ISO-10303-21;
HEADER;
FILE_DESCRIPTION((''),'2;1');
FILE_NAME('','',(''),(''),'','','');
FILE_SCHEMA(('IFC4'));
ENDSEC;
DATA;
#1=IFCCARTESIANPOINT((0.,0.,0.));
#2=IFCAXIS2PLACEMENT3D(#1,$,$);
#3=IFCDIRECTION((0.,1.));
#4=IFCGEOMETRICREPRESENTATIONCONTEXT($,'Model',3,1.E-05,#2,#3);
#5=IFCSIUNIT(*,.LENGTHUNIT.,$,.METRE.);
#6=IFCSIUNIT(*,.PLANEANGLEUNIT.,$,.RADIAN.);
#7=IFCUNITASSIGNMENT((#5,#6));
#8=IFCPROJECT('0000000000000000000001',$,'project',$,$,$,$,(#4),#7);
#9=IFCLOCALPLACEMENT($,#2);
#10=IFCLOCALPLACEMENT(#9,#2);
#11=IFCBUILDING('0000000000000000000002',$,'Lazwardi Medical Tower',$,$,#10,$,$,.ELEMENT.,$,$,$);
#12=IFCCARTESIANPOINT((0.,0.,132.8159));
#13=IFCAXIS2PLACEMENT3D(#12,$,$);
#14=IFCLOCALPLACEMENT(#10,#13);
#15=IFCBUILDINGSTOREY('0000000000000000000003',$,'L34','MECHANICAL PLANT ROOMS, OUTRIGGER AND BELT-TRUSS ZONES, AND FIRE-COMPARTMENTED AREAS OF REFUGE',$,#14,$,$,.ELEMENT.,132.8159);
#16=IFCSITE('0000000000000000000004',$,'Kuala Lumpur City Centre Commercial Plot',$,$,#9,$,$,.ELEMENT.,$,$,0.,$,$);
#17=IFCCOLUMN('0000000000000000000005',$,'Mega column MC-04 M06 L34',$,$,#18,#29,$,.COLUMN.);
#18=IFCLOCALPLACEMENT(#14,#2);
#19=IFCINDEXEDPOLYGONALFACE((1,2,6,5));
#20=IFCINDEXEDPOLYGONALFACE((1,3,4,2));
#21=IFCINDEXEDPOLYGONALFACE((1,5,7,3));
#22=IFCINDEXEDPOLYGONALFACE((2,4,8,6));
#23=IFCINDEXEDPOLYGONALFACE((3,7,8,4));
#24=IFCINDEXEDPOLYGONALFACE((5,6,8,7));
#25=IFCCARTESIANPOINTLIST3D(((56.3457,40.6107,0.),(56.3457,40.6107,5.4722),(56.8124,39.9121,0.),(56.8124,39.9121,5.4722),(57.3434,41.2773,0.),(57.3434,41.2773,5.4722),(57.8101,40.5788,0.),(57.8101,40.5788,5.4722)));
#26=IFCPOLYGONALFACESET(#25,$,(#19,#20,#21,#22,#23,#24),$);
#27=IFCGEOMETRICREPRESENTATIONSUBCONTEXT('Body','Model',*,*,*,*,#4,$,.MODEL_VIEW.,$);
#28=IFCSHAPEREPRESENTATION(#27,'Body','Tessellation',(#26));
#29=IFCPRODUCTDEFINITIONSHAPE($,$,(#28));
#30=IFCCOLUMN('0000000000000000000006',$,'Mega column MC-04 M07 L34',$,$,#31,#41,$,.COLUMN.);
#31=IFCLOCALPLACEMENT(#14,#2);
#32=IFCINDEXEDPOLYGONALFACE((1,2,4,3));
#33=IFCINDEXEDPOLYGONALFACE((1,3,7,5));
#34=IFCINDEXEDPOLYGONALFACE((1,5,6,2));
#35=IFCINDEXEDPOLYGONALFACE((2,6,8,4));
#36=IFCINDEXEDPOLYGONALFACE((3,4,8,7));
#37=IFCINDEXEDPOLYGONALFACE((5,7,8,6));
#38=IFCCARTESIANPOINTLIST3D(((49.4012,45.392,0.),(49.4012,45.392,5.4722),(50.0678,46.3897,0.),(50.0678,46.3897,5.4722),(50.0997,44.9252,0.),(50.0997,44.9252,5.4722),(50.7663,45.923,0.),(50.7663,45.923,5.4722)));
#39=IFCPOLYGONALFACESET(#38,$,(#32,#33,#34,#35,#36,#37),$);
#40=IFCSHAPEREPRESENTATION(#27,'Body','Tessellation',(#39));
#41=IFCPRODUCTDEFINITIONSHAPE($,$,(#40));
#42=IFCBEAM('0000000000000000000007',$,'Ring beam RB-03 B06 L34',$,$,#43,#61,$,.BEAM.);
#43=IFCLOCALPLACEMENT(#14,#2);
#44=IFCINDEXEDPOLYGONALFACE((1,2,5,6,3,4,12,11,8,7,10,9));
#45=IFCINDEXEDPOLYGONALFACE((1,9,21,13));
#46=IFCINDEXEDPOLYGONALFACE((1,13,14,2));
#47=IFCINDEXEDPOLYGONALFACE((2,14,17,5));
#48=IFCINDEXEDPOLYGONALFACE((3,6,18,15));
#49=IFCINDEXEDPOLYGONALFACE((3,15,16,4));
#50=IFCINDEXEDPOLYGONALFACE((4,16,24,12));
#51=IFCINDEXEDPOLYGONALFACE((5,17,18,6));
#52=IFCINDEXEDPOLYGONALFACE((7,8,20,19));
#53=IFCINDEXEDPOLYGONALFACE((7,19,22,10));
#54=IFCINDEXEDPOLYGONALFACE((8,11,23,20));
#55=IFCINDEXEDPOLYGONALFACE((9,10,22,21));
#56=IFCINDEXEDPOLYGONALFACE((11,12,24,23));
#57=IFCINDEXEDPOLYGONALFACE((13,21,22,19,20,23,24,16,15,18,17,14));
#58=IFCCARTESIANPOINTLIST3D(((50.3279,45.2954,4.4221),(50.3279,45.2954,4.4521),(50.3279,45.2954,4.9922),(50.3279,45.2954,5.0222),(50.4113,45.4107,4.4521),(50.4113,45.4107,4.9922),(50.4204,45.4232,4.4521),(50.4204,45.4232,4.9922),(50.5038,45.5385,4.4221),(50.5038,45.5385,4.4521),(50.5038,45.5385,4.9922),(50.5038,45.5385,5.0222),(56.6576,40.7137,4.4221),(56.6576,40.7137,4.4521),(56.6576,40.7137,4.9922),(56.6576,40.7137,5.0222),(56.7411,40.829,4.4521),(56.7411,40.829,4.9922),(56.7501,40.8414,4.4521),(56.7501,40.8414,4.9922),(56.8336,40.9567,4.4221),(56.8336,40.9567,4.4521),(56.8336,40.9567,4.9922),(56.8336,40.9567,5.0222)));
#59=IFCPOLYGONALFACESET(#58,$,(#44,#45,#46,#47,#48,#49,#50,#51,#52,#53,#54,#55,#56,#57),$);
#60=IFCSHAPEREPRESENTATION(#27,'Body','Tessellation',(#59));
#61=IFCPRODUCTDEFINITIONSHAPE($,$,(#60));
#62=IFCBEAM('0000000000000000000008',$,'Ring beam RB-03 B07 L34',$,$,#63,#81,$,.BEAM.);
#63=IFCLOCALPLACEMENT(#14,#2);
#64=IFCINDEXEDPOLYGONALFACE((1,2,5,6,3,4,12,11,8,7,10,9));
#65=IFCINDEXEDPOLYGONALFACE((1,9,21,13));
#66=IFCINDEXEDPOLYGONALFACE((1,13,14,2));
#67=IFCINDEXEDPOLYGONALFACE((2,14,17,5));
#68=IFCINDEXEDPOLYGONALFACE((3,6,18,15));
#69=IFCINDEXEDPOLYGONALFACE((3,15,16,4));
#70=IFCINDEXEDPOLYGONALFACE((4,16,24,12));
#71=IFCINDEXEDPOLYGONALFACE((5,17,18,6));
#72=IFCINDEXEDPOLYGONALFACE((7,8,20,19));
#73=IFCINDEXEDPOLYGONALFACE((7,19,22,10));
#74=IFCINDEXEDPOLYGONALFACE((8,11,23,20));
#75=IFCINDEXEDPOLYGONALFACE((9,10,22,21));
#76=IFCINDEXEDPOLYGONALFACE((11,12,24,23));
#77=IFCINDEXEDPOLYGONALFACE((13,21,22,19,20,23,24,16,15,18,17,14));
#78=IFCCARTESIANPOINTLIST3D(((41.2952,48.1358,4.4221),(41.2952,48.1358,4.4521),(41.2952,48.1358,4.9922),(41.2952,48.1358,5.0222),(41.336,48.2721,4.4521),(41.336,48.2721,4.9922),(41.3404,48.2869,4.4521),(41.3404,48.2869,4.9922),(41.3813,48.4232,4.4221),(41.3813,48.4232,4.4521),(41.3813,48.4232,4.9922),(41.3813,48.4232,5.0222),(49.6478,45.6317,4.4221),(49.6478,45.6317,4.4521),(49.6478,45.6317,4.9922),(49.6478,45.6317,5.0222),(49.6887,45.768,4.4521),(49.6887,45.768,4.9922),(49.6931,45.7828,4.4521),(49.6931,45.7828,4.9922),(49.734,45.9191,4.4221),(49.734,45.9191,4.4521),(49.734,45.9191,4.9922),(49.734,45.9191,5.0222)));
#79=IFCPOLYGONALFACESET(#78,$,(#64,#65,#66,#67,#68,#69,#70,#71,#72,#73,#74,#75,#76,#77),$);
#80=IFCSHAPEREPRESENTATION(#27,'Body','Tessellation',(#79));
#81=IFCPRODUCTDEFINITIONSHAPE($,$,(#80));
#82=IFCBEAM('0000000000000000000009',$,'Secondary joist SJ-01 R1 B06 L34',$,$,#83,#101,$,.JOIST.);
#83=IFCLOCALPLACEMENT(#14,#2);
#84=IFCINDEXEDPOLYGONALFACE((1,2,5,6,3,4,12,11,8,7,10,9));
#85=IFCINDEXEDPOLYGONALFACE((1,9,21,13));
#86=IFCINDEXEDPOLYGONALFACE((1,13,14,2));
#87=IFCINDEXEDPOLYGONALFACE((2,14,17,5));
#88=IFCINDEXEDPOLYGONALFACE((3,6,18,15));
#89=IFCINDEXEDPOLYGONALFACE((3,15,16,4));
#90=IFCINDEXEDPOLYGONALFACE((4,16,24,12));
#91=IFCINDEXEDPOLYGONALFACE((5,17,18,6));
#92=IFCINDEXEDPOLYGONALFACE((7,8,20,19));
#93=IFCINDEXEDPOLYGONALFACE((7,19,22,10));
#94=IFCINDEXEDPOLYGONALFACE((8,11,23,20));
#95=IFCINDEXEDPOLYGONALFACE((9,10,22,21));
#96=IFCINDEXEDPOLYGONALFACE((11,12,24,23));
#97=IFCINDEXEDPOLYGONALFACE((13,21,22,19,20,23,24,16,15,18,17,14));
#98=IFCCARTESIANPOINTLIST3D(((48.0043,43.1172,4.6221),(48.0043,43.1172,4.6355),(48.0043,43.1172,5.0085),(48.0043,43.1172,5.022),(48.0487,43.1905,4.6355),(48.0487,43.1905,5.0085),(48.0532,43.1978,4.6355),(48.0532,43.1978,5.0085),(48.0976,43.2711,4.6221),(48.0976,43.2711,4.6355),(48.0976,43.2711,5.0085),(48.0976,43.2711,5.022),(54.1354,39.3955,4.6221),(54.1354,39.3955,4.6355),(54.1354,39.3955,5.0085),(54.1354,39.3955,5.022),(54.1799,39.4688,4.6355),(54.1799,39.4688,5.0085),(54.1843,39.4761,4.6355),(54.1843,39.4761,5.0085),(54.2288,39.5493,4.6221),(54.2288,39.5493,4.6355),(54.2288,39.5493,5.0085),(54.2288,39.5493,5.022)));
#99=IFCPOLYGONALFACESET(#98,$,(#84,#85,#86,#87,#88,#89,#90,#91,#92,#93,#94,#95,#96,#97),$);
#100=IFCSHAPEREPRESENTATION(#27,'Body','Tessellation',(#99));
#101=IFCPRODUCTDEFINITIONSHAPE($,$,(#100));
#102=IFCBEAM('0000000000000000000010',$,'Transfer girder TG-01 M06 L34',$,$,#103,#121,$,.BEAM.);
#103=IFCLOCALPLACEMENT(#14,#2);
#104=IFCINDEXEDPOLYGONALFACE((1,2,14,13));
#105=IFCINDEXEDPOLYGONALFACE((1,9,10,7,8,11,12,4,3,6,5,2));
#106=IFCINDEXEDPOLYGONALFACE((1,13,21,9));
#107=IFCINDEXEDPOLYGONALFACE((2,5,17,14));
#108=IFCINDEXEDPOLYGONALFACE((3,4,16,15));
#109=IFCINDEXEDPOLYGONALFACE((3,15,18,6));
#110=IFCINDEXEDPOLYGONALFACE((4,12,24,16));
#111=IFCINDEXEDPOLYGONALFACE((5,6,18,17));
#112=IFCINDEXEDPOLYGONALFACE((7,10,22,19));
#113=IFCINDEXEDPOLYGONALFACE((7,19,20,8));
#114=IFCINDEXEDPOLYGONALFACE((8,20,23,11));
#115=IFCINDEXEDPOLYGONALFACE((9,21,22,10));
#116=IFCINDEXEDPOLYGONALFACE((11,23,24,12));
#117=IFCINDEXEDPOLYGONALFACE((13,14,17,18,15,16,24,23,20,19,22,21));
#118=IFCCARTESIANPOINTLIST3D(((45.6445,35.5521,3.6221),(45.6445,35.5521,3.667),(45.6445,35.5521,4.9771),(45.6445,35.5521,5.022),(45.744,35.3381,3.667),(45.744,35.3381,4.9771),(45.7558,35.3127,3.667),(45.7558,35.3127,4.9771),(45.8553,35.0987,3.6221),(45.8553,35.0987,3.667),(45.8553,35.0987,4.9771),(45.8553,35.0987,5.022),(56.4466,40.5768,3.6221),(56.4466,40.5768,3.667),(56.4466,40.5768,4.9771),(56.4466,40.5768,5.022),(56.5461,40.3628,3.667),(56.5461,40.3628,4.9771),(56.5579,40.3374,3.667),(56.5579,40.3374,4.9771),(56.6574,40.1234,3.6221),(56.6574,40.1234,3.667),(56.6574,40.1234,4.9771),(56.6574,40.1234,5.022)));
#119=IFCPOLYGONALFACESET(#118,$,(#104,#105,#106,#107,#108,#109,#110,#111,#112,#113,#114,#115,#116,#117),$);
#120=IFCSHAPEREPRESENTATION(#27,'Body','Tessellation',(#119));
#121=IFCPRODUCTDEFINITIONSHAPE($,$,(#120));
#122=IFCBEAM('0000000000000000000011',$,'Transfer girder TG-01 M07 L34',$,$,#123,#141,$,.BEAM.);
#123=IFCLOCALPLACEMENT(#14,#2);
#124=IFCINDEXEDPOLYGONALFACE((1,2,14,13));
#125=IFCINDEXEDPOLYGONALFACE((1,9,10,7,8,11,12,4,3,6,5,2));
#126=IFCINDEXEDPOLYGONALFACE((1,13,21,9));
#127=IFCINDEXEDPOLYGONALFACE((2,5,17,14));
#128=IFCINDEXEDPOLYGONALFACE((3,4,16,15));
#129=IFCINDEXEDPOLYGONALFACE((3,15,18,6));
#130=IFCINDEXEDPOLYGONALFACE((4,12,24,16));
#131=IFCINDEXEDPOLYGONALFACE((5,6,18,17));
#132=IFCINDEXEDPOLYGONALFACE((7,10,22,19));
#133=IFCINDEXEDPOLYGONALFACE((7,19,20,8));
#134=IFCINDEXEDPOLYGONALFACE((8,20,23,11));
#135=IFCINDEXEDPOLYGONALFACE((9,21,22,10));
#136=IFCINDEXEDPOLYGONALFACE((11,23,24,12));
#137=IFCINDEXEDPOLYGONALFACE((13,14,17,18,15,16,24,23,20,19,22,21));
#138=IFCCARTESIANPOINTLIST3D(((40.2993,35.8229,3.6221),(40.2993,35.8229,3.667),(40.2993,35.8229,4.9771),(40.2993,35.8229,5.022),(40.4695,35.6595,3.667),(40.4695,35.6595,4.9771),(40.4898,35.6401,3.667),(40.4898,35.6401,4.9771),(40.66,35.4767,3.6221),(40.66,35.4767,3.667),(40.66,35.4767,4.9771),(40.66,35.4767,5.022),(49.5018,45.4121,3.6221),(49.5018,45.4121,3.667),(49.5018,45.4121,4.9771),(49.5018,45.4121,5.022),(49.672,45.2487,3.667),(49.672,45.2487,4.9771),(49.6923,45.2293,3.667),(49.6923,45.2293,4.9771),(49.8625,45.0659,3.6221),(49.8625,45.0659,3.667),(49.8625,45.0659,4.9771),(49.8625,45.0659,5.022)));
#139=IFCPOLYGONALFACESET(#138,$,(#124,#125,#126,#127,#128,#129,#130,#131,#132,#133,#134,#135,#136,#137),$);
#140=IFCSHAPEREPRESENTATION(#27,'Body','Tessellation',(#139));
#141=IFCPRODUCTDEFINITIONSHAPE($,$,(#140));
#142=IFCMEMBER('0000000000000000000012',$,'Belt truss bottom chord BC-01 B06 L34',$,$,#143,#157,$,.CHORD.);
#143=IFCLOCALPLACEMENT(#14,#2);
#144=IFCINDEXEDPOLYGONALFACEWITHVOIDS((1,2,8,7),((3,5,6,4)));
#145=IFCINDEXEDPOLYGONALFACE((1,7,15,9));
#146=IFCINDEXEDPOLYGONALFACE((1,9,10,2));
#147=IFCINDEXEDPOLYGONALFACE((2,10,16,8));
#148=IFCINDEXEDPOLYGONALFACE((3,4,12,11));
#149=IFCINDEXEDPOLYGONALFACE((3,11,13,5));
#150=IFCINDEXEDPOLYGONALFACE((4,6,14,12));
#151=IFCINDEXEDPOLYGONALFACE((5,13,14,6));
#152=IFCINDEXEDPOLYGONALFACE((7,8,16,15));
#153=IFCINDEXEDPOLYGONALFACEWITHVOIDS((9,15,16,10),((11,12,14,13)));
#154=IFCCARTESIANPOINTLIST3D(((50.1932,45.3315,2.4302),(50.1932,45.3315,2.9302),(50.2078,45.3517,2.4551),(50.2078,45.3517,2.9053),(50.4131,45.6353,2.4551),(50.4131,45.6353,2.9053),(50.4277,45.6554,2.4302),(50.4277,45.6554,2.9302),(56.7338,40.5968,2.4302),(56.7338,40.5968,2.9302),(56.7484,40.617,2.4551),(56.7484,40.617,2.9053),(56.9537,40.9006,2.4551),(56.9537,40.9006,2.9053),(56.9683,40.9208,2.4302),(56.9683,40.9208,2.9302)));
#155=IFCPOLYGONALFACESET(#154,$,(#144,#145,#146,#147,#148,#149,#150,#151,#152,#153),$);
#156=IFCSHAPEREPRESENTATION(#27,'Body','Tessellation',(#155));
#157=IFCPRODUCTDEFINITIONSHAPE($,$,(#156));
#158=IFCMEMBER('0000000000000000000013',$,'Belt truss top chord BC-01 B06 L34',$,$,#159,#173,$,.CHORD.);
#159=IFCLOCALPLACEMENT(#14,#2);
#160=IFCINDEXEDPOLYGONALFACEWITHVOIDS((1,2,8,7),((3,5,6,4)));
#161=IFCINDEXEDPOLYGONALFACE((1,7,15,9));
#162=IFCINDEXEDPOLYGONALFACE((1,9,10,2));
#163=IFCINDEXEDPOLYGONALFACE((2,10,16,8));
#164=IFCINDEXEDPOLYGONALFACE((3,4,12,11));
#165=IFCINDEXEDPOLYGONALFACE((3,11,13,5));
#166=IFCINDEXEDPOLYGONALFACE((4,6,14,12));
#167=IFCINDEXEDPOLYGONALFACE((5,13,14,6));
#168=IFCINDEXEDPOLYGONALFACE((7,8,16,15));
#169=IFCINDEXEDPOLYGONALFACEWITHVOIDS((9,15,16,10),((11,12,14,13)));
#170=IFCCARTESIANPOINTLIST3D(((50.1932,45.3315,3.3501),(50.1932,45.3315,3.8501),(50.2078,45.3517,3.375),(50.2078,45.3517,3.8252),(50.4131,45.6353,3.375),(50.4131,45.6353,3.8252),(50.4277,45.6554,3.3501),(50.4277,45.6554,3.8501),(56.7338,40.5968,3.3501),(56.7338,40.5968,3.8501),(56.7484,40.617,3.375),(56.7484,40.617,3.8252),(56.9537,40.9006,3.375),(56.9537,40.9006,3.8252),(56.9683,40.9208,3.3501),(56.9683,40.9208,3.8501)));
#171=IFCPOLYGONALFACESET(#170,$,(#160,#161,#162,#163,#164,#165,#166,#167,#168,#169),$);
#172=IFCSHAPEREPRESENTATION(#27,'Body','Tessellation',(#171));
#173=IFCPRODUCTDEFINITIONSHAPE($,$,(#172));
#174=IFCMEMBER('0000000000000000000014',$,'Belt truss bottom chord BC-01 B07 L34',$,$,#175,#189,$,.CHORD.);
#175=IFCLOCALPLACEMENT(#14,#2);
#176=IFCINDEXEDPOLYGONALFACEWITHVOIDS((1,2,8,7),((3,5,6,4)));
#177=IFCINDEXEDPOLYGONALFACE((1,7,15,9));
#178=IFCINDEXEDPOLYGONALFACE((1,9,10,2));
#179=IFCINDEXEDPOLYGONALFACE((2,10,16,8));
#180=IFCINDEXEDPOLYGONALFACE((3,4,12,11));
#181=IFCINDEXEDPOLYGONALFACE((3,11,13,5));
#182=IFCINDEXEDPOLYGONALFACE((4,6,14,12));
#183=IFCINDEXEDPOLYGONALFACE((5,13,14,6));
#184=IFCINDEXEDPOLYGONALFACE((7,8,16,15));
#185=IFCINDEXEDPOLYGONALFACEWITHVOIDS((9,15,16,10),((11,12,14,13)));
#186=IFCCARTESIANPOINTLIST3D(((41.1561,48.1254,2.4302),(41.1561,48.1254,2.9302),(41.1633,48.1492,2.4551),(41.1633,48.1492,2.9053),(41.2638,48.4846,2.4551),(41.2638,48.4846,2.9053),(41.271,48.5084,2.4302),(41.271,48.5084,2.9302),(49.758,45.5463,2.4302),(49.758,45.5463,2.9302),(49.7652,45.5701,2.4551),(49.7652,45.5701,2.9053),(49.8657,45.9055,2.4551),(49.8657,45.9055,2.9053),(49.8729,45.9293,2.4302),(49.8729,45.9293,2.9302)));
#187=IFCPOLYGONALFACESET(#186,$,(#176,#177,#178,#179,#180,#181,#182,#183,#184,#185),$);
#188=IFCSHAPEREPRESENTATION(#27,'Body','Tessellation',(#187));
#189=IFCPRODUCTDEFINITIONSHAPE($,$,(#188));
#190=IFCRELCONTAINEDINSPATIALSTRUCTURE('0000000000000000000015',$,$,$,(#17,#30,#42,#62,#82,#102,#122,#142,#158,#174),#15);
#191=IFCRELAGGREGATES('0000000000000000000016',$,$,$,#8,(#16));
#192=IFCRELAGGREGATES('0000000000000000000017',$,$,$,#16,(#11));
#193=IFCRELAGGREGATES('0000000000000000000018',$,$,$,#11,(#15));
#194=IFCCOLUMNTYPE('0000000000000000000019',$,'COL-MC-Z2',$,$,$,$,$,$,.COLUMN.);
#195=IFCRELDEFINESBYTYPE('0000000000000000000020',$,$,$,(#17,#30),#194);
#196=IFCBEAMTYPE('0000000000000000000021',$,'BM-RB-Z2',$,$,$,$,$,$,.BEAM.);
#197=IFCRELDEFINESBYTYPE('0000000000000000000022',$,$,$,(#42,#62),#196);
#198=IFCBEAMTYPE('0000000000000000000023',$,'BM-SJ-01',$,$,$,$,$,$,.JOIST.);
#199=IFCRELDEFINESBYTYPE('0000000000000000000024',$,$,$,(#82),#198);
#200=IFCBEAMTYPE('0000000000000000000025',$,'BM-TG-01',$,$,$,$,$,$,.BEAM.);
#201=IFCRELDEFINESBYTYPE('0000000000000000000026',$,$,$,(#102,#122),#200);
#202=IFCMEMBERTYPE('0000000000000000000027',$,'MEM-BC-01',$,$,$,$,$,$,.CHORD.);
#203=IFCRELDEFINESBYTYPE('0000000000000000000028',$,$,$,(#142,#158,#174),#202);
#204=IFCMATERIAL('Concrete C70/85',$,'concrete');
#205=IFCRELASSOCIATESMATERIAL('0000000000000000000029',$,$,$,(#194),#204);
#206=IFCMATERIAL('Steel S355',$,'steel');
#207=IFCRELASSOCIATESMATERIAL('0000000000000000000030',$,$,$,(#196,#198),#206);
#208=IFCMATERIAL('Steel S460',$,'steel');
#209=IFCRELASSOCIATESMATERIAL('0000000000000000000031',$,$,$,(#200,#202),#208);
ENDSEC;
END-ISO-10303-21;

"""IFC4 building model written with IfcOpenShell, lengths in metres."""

from ifc_helpers import new_model, si_unit, direction, frame, origin, origin_2d, place, context, subcontext, project, spatial, rectangle, hollow_rectangle, i_section, extrude, material, material_profile, profile_set, type_object, element, save


model = new_model("IFC4")

# Units and contexts
model_context = context("Model", 3, precision=1e-05, world=origin(), true_north=direction((0.0, 1.0)))
body_context = subcontext(model_context, "Body", "Model", "MODEL_VIEW")
ifc_project = project(units=[si_unit("LENGTHUNIT", "METRE"), si_unit("PLANEANGLEUNIT", "RADIAN")], contexts=[model_context])

# Site, building, storey
site_placement = place(None, origin())
site = spatial("IfcSite", under=ifc_project, at=site_placement, Name="Kuala Lumpur City Centre Commercial Plot", CompositionType="ELEMENT", RefElevation=0.0)
building_placement = place(site_placement, origin())
building = spatial("IfcBuilding", under=site, at=building_placement, Name="Lazwardi Medical Tower", CompositionType="ELEMENT")
storey_placement = place(building_placement, frame((0.0, 0.0, 132.8159)))
storey = spatial("IfcBuildingStorey", under=building, at=storey_placement, Name="L34", Description="MECHANICAL PLANT ROOMS, OUTRIGGER AND BELT-TRUSS ZONES, AND FIRE-COMPARTMENTED AREAS OF REFUGE", CompositionType="ELEMENT", Elevation=132.8159)

# Columns
ifc_material_1 = material(Name="Concrete C70/85", Category="concrete")
ifc_material_profile_1 = material_profile(ifc_material_1, rectangle(XDim=1.2, YDim=0.8401, at=origin_2d()), Name="CFT-RECT 1200x840")
ifc_profile_set_1 = profile_set([ifc_material_profile_1], Name="Concrete C70/85")
column_type = type_object("IfcColumnType", Name="COL-MC-Z2", PredefinedType="COLUMN", material=ifc_profile_set_1)
for number, where, z_axis, x_axis, name in (
    (1, (57.0779, 40.5947, 0.0), (0.0, 0.0, 1.0), (0.83147, 0.55557, 0.0), "Mega column MC-04 M06 L34"),
    (2, (50.0837, 45.6575, 0.0), (0.0, 0.0, 1.0), (0.55557, 0.83147, 0.0), "Mega column MC-04 M07 L34"),
):
    element("IfcColumn", number, at=place(storey_placement, frame(where, z_axis=z_axis, x_axis=x_axis)), inside=storey, type_object=column_type, Name=name, PredefinedType="COLUMN", context=body_context, shape_type="SweptSolid", body=[
        extrude(rectangle(XDim=1.2, YDim=0.8401, at=origin_2d()), origin(), (0.0, 0.0, 1.0), 5.4722),
    ])

# Beams
ifc_material_2 = material(Name="Steel S355", Category="steel")
ifc_material_profile_2 = material_profile(ifc_material_2, i_section(OverallWidth=0.3, OverallDepth=0.6001, WebThickness=0.0154, FlangeThickness=0.03, at=origin_2d()), Name="HEB 600")
ifc_profile_set_2 = profile_set([ifc_material_profile_2], Name="Steel S355")
beam_type_1 = type_object("IfcBeamType", Name="BM-RB-Z2", PredefinedType="BEAM", material=ifc_profile_set_2)
beam_1_placement = place(storey_placement, frame((56.7456, 40.8352, 4.7222), z_axis=(-0.810057, 0.586351, 0.0), x_axis=(-0.586351, -0.810057, 0.0)))
element("IfcBeam", 3, at=beam_1_placement, inside=storey, type_object=beam_type_1, Name="Ring beam RB-03 B06 L34", PredefinedType="BEAM", context=body_context, shape_type="SweptSolid", body=[
    extrude(i_section(OverallWidth=0.3, OverallDepth=0.6001, WebThickness=0.0154, FlangeThickness=0.03, at=origin_2d()), origin(), (0.0, 0.0, 1.0), 7.814),
])
beam_2_placement = place(storey_placement, frame((49.6909, 45.7754, 4.7222), z_axis=(-0.957879, 0.287171, 0.0), x_axis=(-0.287171, -0.957879, 0.0)))
element("IfcBeam", 4, at=beam_2_placement, inside=storey, type_object=beam_type_1, Name="Ring beam RB-03 B07 L34", PredefinedType="BEAM", context=body_context, shape_type="SweptSolid", body=[
    extrude(i_section(OverallWidth=0.3, OverallDepth=0.6001, WebThickness=0.0154, FlangeThickness=0.03, at=origin_2d()), origin(), (0.0, 0.0, 1.0), 8.72),
])
ifc_material_profile_3 = material_profile(ifc_material_2, i_section(OverallWidth=0.1799, OverallDepth=0.3999, WebThickness=0.0085, FlangeThickness=0.0134, at=origin_2d()), Name="IPE 400")
ifc_profile_set_3 = profile_set([ifc_material_profile_3], Name="Steel S355")
beam_type_2 = type_object("IfcBeamType", Name="BM-SJ-01", PredefinedType="JOIST", material=ifc_profile_set_3)
beam_3_placement = place(storey_placement, frame((54.1821, 39.4724, 4.822), z_axis=(-0.854836, 0.518899, 0.0), x_axis=(-0.518899, -0.854836, 0.0)))
element("IfcBeam", 5, at=beam_3_placement, inside=storey, type_object=beam_type_2, Name="Secondary joist SJ-01 R1 B06 L34", PredefinedType="JOIST", context=body_context, shape_type="SweptSolid", body=[
    extrude(i_section(OverallWidth=0.1799, OverallDepth=0.3999, WebThickness=0.0085, FlangeThickness=0.0134, at=origin_2d()), origin(), (0.0, 0.0, 1.0), 7.1724),
])
ifc_material_3 = material(Name="Steel S460", Category="steel")
ifc_material_profile_4 = material_profile(ifc_material_3, i_section(OverallWidth=0.5, OverallDepth=1.3999, WebThickness=0.0281, FlangeThickness=0.0449, at=origin_2d()), Name="PG 1400x500")
ifc_profile_set_4 = profile_set([ifc_material_profile_4], Name="Steel S460")
beam_type_3 = type_object("IfcBeamType", Name="BM-TG-01", PredefinedType="BEAM", material=ifc_profile_set_4)
beam_4_placement = place(storey_placement, frame((56.552, 40.3501, 4.322), z_axis=(-0.906706, -0.421763, 0.0), x_axis=(0.421763, -0.906706, 0.0)))
element("IfcBeam", 6, at=beam_4_placement, inside=storey, type_object=beam_type_3, Name="Transfer girder TG-01 M06 L34", PredefinedType="BEAM", context=body_context, shape_type="SweptSolid", body=[
    extrude(i_section(OverallWidth=0.5, OverallDepth=1.3999, WebThickness=0.0281, FlangeThickness=0.0449, at=origin_2d()), origin(), (0.0, 0.0, 1.0), 11.9136),
])
beam_5_placement = place(storey_placement, frame((49.6821, 45.239, 4.322), z_axis=(-0.692408, -0.721506, 0.0), x_axis=(0.721506, -0.692408, 0.0)))
element("IfcBeam", 7, at=beam_5_placement, inside=storey, type_object=beam_type_3, Name="Transfer girder TG-01 M07 L34", PredefinedType="BEAM", context=body_context, shape_type="SweptSolid", body=[
    extrude(i_section(OverallWidth=0.5, OverallDepth=1.3999, WebThickness=0.0281, FlangeThickness=0.0449, at=origin_2d()), origin(), (0.0, 0.0, 1.0), 13.2905),
])

# Members
ifc_material_profile_5 = material_profile(ifc_material_3, hollow_rectangle(XDim=0.3999, YDim=0.5, WallThickness=0.0249, at=origin_2d()), Name="RHS 500x400x25")
ifc_profile_set_5 = profile_set([ifc_material_profile_5], Name="Steel S460")
member_type_1 = type_object("IfcMemberType", Name="MEM-BC-01", PredefinedType="CHORD", material=ifc_profile_set_5)
for number, where, z_axis, x_axis, name in (
    (8, (56.8511, 40.7588, 2.6802), (-0.810038, 0.586378, 0.0), (-0.586378, -0.810038, 0.0), "Belt truss bottom chord BC-01 B06 L34"),
    (9, (56.8511, 40.7588, 3.6001), (-0.810038, 0.586378, 0.0), (-0.586378, -0.810038, 0.0), "Belt truss top chord BC-01 B06 L34"),
):
    element("IfcMember", number, at=place(storey_placement, frame(where, z_axis=z_axis, x_axis=x_axis)), inside=storey, type_object=member_type_1, Name=name, PredefinedType="CHORD", context=body_context, shape_type="SweptSolid", body=[
        extrude(hollow_rectangle(XDim=0.3999, YDim=0.5, WallThickness=0.0249, at=origin_2d()), origin(), (0.0, 0.0, 1.0), 8.0745),
    ])
for number, where, z_axis, x_axis, name in (
    (10, (49.8154, 45.7378, 2.6802), (-0.95787, 0.287201, 0.0), (-0.287201, -0.95787, 0.0), "Belt truss bottom chord BC-01 B07 L34"),
):
    element("IfcMember", number, at=place(storey_placement, frame(where, z_axis=z_axis, x_axis=x_axis)), inside=storey, type_object=member_type_1, Name=name, PredefinedType="CHORD", context=body_context, shape_type="SweptSolid", body=[
        extrude(hollow_rectangle(XDim=0.3999, YDim=0.5, WallThickness=0.0249, at=origin_2d()), origin(), (0.0, 0.0, 1.0), 8.9802),
    ])

save(model, "model.ifc")
